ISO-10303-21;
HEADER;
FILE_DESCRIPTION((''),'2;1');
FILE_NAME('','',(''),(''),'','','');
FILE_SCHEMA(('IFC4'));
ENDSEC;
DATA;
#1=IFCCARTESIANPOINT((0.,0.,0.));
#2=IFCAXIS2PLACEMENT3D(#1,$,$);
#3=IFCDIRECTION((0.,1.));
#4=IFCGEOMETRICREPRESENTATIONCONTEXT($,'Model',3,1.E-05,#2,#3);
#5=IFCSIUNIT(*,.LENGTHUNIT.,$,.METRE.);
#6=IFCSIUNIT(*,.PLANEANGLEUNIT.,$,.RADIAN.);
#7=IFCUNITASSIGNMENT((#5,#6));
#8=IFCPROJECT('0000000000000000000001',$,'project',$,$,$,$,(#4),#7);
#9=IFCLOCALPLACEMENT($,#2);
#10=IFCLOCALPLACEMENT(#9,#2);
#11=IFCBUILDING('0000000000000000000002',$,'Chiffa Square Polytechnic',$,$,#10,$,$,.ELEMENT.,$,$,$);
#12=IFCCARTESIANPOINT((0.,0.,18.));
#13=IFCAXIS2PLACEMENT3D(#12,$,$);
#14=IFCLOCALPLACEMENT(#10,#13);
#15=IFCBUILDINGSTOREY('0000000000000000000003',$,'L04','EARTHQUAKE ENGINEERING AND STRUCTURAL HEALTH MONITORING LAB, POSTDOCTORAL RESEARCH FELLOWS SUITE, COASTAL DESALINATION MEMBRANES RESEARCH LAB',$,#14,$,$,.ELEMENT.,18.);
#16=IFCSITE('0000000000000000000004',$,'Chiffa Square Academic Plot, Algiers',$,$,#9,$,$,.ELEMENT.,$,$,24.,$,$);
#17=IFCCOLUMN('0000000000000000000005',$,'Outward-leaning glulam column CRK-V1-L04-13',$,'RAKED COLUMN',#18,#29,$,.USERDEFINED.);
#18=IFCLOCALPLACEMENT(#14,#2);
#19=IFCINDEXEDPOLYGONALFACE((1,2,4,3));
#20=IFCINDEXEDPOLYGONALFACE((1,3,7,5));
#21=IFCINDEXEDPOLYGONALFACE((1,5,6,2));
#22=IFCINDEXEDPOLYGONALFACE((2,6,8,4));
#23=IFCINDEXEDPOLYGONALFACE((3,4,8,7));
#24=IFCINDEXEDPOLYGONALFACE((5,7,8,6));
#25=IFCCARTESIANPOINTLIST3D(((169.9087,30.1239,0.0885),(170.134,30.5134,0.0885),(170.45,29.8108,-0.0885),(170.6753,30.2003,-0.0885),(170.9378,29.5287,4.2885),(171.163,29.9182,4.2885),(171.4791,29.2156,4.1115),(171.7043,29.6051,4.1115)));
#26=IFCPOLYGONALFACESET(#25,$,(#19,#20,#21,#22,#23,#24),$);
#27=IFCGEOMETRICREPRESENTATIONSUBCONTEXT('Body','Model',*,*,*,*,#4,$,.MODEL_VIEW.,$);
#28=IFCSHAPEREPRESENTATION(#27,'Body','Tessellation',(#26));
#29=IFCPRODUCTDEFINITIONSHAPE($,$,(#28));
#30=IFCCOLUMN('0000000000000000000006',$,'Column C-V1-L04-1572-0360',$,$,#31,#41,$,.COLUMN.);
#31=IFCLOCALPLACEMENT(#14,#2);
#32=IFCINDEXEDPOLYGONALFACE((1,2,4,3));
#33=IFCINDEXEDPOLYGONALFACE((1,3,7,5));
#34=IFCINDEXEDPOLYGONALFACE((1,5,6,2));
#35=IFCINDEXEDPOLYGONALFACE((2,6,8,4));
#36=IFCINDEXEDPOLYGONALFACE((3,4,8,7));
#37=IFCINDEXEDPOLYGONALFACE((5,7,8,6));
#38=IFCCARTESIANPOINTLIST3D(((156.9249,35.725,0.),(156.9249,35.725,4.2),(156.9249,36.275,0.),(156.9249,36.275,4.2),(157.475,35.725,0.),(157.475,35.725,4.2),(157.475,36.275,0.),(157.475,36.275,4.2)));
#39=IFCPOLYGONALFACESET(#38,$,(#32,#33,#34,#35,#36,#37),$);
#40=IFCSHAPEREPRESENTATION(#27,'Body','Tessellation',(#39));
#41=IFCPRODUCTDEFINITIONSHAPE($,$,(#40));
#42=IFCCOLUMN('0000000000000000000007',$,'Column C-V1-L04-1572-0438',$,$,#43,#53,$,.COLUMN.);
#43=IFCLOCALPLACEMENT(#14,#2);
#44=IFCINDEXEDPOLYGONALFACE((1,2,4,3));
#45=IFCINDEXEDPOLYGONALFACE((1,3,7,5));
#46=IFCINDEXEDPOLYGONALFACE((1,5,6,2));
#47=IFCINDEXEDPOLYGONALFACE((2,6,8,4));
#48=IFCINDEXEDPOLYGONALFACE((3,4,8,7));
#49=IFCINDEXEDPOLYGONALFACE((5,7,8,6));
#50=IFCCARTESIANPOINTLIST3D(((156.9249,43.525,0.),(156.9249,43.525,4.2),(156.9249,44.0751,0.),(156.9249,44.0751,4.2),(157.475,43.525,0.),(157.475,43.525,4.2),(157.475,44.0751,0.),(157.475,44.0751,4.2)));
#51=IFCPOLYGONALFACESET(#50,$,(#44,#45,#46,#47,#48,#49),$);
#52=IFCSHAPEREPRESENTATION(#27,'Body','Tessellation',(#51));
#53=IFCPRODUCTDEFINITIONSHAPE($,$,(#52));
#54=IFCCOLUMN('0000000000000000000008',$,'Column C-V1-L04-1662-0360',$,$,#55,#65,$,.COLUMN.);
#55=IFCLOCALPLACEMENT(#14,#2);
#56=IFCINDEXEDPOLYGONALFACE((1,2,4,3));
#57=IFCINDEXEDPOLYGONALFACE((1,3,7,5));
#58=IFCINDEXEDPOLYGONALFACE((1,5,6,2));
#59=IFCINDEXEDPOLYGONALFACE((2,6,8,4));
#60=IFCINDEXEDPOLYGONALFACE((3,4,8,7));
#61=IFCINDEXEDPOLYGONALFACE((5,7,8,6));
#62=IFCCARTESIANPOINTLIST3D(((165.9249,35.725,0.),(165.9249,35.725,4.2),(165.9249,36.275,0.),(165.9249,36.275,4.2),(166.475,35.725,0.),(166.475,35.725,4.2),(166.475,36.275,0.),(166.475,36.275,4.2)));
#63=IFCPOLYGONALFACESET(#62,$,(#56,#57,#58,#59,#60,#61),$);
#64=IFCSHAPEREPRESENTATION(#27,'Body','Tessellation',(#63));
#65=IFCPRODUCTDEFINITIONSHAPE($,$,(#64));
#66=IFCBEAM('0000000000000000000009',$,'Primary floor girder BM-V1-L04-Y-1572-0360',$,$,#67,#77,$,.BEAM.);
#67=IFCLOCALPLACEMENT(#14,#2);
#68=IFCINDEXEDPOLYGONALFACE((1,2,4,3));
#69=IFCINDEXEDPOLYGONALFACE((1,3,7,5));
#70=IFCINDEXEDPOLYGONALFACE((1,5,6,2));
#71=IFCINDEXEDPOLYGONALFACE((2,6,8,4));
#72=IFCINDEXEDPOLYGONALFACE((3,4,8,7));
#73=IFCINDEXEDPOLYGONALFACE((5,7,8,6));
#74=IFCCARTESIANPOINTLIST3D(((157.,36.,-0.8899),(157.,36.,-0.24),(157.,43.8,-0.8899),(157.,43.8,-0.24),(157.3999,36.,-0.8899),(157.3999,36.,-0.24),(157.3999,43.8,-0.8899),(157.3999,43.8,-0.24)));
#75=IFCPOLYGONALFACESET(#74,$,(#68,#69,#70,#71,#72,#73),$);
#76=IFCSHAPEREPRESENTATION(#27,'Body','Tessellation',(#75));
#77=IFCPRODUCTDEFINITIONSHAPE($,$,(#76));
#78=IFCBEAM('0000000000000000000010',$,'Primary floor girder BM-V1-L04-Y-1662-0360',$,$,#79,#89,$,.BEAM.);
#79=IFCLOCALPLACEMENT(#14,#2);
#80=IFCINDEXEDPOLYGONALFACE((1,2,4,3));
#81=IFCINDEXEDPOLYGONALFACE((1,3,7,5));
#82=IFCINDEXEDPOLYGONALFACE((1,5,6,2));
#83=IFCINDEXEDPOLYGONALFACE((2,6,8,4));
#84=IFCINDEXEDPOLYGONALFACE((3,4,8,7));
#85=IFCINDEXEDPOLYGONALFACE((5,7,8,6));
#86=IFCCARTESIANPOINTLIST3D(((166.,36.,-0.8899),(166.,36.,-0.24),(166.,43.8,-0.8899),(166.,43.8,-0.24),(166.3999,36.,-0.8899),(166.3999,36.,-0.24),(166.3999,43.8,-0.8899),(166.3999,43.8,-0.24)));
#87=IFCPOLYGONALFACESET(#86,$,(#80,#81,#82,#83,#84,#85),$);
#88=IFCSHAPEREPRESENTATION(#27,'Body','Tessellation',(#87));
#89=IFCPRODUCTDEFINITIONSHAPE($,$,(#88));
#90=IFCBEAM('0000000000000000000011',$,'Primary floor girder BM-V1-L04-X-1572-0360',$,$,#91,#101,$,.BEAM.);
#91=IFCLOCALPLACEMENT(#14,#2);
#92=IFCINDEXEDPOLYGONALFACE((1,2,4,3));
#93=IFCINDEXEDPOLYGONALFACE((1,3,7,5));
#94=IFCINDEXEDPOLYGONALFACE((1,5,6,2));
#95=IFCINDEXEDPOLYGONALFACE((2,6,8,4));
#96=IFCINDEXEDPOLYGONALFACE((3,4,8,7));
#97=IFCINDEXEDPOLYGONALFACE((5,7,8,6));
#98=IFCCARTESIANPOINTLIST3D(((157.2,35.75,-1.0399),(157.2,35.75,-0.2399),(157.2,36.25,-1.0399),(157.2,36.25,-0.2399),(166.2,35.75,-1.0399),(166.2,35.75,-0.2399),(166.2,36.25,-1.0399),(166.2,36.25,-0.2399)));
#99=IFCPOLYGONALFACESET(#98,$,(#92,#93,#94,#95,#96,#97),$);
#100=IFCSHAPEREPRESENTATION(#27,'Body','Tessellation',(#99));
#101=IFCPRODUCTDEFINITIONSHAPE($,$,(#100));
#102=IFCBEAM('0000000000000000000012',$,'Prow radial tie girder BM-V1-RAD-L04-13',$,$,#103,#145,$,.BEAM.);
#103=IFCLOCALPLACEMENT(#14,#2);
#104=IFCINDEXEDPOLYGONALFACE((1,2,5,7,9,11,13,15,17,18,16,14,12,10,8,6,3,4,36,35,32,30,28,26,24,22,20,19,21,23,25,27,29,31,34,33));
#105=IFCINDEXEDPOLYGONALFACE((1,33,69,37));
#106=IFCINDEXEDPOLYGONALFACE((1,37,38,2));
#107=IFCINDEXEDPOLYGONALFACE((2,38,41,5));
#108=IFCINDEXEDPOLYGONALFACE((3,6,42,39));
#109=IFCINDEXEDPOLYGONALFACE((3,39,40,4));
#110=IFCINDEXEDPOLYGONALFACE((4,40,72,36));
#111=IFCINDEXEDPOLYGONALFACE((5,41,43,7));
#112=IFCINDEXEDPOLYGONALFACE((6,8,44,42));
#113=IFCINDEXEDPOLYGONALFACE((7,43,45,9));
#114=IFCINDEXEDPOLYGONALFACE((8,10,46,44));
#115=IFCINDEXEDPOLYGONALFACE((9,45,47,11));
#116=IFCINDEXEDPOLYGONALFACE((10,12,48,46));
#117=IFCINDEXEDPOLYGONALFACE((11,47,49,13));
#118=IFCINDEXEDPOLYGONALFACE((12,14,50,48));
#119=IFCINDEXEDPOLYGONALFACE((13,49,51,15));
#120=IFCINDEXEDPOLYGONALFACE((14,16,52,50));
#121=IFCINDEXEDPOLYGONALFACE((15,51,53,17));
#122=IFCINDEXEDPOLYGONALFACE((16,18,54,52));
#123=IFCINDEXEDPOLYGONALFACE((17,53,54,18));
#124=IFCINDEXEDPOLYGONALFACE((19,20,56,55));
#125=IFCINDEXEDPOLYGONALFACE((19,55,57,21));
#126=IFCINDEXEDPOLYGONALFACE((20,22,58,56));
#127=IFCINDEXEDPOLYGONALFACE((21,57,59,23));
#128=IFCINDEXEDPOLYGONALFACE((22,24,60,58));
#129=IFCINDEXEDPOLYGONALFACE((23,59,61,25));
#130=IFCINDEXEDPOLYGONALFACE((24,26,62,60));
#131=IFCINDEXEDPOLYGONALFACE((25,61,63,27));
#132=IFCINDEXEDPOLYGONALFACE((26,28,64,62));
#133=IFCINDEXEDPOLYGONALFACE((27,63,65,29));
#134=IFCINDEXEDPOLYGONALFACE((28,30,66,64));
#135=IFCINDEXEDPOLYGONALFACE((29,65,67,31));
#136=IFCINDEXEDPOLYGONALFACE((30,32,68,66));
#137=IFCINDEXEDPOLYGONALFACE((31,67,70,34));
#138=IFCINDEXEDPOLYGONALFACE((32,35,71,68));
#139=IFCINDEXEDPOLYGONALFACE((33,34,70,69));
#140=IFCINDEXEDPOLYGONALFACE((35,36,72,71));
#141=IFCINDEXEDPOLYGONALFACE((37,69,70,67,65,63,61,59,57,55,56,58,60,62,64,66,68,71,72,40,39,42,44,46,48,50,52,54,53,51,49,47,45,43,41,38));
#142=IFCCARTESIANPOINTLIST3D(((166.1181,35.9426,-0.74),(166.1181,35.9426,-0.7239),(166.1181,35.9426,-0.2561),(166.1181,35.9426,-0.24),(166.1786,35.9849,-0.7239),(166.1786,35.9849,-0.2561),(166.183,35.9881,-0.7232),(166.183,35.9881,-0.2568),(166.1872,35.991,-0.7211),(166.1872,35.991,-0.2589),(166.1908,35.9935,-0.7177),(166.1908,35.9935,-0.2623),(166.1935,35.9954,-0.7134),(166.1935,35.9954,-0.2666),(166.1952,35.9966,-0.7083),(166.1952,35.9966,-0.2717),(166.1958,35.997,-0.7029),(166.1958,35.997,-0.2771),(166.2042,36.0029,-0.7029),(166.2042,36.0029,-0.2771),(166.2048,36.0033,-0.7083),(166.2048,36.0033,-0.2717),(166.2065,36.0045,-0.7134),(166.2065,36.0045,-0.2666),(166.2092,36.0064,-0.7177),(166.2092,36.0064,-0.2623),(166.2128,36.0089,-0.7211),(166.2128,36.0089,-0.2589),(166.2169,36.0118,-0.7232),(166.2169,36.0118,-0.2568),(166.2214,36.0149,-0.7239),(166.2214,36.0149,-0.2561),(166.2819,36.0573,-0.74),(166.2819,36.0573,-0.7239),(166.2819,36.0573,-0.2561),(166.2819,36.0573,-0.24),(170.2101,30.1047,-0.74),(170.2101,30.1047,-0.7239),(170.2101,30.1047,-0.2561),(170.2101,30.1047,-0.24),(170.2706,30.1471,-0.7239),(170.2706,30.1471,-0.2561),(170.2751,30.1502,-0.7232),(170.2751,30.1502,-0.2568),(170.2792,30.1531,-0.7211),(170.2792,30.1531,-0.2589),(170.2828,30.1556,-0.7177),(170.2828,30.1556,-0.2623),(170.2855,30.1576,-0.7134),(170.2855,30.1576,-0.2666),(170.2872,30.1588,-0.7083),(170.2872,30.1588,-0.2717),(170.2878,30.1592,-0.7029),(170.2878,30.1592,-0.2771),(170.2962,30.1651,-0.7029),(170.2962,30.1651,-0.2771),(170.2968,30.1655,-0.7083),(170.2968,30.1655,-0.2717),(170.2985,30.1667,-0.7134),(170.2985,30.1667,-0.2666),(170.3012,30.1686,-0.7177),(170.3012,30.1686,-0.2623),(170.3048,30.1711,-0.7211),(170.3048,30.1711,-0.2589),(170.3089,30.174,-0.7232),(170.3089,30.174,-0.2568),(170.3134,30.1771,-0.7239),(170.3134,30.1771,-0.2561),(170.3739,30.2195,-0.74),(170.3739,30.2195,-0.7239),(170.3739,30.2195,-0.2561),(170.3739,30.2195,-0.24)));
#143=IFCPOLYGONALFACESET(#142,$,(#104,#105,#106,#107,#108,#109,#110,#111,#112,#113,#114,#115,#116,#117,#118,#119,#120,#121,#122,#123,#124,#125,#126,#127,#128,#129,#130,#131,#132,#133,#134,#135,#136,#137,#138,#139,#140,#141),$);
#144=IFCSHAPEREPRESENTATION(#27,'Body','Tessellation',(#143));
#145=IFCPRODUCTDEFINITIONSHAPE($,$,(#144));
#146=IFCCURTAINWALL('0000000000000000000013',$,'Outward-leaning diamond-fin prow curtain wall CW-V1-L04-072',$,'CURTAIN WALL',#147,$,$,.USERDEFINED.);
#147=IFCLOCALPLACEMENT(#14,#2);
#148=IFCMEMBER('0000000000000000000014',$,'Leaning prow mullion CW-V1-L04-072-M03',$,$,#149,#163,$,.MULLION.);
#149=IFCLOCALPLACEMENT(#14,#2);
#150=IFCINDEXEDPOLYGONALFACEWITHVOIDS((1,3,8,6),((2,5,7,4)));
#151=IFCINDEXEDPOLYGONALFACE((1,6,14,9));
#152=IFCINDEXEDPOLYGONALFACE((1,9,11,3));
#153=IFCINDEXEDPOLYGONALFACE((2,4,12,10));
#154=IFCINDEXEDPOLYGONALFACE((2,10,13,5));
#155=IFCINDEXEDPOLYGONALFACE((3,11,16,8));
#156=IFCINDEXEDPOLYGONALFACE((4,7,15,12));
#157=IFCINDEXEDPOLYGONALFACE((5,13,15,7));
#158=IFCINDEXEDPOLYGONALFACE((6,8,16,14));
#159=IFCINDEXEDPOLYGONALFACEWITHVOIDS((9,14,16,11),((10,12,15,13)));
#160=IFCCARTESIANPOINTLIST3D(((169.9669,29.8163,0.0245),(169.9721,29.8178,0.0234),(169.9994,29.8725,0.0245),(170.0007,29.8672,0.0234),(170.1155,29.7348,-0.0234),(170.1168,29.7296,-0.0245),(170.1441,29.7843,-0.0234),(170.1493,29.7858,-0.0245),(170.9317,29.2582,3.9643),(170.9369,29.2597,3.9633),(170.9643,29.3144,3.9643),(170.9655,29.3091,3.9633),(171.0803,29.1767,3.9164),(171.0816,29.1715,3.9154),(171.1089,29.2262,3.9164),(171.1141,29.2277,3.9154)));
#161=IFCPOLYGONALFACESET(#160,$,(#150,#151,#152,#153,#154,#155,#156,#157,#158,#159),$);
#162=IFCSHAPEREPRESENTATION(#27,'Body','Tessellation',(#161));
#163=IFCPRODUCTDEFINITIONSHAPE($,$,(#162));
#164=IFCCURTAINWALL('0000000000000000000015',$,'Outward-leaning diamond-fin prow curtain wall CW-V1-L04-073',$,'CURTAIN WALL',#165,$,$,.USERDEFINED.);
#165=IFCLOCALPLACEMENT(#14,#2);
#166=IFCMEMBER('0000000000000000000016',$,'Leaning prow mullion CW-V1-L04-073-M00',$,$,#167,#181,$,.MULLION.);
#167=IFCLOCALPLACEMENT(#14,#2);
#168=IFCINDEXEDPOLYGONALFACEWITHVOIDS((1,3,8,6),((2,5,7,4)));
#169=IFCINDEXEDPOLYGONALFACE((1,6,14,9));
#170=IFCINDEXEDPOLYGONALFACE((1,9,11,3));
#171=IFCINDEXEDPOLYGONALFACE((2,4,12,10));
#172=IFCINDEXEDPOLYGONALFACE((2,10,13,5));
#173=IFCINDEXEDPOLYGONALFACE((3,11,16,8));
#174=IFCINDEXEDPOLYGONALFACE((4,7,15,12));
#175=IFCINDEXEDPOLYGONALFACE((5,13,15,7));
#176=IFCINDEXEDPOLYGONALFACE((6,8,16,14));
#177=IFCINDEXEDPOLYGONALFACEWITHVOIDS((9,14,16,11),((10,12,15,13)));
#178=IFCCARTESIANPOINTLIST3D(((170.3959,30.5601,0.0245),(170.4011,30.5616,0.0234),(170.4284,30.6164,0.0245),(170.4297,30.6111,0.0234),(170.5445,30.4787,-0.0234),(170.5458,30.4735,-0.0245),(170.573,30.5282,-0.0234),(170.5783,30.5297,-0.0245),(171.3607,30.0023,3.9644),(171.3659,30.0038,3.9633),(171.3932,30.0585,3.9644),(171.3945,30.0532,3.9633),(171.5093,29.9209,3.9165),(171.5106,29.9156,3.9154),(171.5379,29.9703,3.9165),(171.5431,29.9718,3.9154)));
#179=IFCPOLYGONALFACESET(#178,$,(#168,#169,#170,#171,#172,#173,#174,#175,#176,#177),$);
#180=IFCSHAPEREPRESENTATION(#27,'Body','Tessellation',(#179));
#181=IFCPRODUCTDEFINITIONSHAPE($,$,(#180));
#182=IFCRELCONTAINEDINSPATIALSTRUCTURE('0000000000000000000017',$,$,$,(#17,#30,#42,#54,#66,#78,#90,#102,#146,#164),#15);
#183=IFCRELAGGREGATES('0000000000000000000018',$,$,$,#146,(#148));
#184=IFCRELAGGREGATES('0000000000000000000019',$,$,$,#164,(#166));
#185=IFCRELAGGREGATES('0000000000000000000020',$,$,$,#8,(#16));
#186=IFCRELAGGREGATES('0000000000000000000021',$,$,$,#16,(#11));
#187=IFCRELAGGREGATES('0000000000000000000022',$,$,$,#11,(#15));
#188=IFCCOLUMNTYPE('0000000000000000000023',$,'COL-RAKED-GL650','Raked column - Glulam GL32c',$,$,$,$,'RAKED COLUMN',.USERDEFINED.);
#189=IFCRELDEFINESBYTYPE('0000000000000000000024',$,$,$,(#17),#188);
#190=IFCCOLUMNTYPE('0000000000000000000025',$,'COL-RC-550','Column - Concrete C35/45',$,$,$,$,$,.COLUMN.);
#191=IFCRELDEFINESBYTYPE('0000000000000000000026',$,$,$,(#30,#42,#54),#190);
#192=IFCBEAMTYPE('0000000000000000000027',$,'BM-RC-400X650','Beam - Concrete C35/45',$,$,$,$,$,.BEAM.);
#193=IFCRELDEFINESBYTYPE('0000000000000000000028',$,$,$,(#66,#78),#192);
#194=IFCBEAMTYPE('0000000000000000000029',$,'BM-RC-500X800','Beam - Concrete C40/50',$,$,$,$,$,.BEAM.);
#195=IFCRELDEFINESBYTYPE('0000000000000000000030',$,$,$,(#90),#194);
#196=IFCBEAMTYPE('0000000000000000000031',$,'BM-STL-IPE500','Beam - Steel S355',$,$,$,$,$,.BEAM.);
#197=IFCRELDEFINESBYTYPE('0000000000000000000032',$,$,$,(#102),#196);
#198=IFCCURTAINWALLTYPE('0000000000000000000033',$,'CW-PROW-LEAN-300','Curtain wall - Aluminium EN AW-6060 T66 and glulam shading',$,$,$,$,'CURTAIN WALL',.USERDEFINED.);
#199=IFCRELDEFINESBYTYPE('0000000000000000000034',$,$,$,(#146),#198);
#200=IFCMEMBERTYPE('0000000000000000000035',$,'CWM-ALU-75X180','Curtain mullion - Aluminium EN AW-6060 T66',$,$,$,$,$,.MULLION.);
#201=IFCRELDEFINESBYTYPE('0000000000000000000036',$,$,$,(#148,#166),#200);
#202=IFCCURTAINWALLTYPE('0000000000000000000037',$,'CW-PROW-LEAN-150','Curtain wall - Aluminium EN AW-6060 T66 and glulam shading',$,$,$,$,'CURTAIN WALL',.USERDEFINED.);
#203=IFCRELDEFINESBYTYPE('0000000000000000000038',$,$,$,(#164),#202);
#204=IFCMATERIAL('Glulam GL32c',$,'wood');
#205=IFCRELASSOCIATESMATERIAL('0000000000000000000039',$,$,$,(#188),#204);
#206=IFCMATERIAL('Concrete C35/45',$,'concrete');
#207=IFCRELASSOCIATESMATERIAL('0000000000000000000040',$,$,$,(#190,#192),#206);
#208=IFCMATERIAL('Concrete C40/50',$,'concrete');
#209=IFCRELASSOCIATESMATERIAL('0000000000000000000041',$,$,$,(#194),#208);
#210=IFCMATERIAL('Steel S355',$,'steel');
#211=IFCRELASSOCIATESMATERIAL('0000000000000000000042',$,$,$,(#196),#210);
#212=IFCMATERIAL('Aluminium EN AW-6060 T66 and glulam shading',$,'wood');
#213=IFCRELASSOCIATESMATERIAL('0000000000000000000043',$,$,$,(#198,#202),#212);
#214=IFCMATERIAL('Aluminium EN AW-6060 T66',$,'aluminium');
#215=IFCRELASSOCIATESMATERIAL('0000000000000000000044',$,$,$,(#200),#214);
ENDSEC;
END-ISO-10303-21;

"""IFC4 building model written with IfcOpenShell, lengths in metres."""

from ifc_helpers import new_model, si_unit, direction, frame, origin, origin_2d, place, context, subcontext, project, spatial, rectangle, hollow_rectangle, i_section, extrude, material, material_profile, profile_set, type_object, element, aggregate, save


model = new_model("IFC4")

# Units and contexts
model_context = context("Model", 3, precision=1e-05, world=origin(), true_north=direction((0.0, 1.0)))
body_context = subcontext(model_context, "Body", "Model", "MODEL_VIEW")
ifc_project = project(units=[si_unit("LENGTHUNIT", "METRE"), si_unit("PLANEANGLEUNIT", "RADIAN")], contexts=[model_context])

# Site, building, storey
site_placement = place(None, origin())
site = spatial("IfcSite", under=ifc_project, at=site_placement, Name="Chiffa Square Academic Plot, Algiers", CompositionType="ELEMENT", RefElevation=24.0)
building_placement = place(site_placement, origin())
building = spatial("IfcBuilding", under=site, at=building_placement, Name="Chiffa Square Polytechnic", CompositionType="ELEMENT")
storey_placement = place(building_placement, frame((0.0, 0.0, 18.0)))
storey = spatial("IfcBuildingStorey", under=building, at=storey_placement, Name="L04", Description="EARTHQUAKE ENGINEERING AND STRUCTURAL HEALTH MONITORING LAB, POSTDOCTORAL RESEARCH FELLOWS SUITE, COASTAL DESALINATION MEMBRANES RESEARCH LAB", CompositionType="ELEMENT", Elevation=18.0)

# Columns
ifc_material_1 = material(Name="Glulam GL32c", Category="wood")
ifc_material_profile_1 = material_profile(ifc_material_1, rectangle(XDim=0.45, YDim=0.6499, at=origin_2d()), Name="GL32c 450x650")
ifc_profile_set_1 = profile_set([ifc_material_profile_1], Name="Glulam GL32c")
column_type_1 = type_object("IfcColumnType", Name="COL-RAKED-GL650", Description="Raked column - Glulam GL32c", ElementType="RAKED COLUMN", PredefinedType="USERDEFINED", material=ifc_profile_set_1)
column_placement = place(storey_placement, frame((170.292, 30.1621, 0.0), z_axis=(0.235753, -0.136362, 0.962198), x_axis=(0.500688, 0.865628, 0.0)))
element("IfcColumn", 1, at=column_placement, inside=storey, type_object=column_type_1, Name="Outward-leaning glulam column CRK-V1-L04-13", ObjectType="RAKED COLUMN", PredefinedType="USERDEFINED", context=body_context, shape_type="SweptSolid", body=[
    extrude(rectangle(XDim=0.45, YDim=0.6499, at=origin_2d()), origin(), (0.0, 0.0, 1.0), 4.365),
])
ifc_material_2 = material(Name="Concrete C35/45", Category="concrete")
ifc_material_profile_2 = material_profile(ifc_material_2, rectangle(XDim=0.55, YDim=0.55, at=origin_2d()), Name="RC 550x550")
ifc_profile_set_2 = profile_set([ifc_material_profile_2], Name="Concrete C35/45")
column_type_2 = type_object("IfcColumnType", Name="COL-RC-550", Description="Column - Concrete C35/45", PredefinedType="COLUMN", material=ifc_profile_set_2)
for number, where, z_axis, x_axis, name in (
    (2, (157.2, 36.0, 0.0), (0.0, 0.0, 1.0), (1.0, 0.0, 0.0), "Column C-V1-L04-1572-0360"),
    (3, (157.2, 43.8, 0.0), (0.0, 0.0, 1.0), (1.0, 0.0, 0.0), "Column C-V1-L04-1572-0438"),
    (4, (166.2, 36.0, 0.0), (0.0, 0.0, 1.0), (1.0, 0.0, 0.0), "Column C-V1-L04-1662-0360"),
):
    element("IfcColumn", number, at=place(storey_placement, frame(where, z_axis=z_axis, x_axis=x_axis)), inside=storey, type_object=column_type_2, Name=name, PredefinedType="COLUMN", context=body_context, shape_type="SweptSolid", body=[
        extrude(rectangle(XDim=0.55, YDim=0.55, at=origin_2d()), origin(), (0.0, 0.0, 1.0), 4.2),
    ])

# Beams
ifc_material_profile_3 = material_profile(ifc_material_2, rectangle(XDim=0.3999, YDim=0.6499, at=origin_2d()), Name="RC 400x650")
ifc_profile_set_3 = profile_set([ifc_material_profile_3], Name="Concrete C35/45")
beam_type_1 = type_object("IfcBeamType", Name="BM-RC-400X650", Description="Beam - Concrete C35/45", PredefinedType="BEAM", material=ifc_profile_set_3)
for number, where, z_axis, x_axis, name in (
    (5, (157.2, 36.0, -0.5649), (0.0, 1.0, 0.0), (-1.0, 0.0, 0.0), "Primary floor girder BM-V1-L04-Y-1572-0360"),
    (6, (166.2, 36.0, -0.5649), (0.0, 1.0, 0.0), (-1.0, 0.0, 0.0), "Primary floor girder BM-V1-L04-Y-1662-0360"),
):
    element("IfcBeam", number, at=place(storey_placement, frame(where, z_axis=z_axis, x_axis=x_axis)), inside=storey, type_object=beam_type_1, Name=name, PredefinedType="BEAM", context=body_context, shape_type="SweptSolid", body=[
        extrude(rectangle(XDim=0.3999, YDim=0.6499, at=origin_2d()), origin(), (0.0, 0.0, 1.0), 7.8),
    ])
ifc_material_3 = material(Name="Concrete C40/50", Category="concrete")
ifc_material_profile_4 = material_profile(ifc_material_3, rectangle(XDim=0.5, YDim=0.8, at=origin_2d()), Name="RC 500x800")
ifc_profile_set_4 = profile_set([ifc_material_profile_4], Name="Concrete C40/50")
beam_type_2 = type_object("IfcBeamType", Name="BM-RC-500X800", Description="Beam - Concrete C40/50", PredefinedType="BEAM", material=ifc_profile_set_4)
beam_1_placement = place(storey_placement, frame((157.2, 36.0, -0.6399), z_axis=(1.0, 0.0, 0.0), x_axis=(0.0, 1.0, 0.0)))
element("IfcBeam", 7, at=beam_1_placement, inside=storey, type_object=beam_type_2, Name="Primary floor girder BM-V1-L04-X-1572-0360", PredefinedType="BEAM", context=body_context, shape_type="SweptSolid", body=[
    extrude(rectangle(XDim=0.5, YDim=0.8, at=origin_2d()), origin(), (0.0, 0.0, 1.0), 9.0),
])
ifc_material_4 = material(Name="Steel S355", Category="steel")
ifc_material_profile_5 = material_profile(ifc_material_4, i_section(OverallWidth=0.2, OverallDepth=0.5, WebThickness=0.0103, FlangeThickness=0.0161, FilletRadius=0.021, at=origin_2d()), Name="IPE 500")
ifc_profile_set_5 = profile_set([ifc_material_profile_5], Name="Steel S355")
beam_type_3 = type_object("IfcBeamType", Name="BM-STL-IPE500", Description="Beam - Steel S355", PredefinedType="BEAM", material=ifc_profile_set_5)
beam_2_placement = place(storey_placement, frame((170.292, 30.1621, -0.49), z_axis=(-0.573982, 0.818868, 0.0), x_axis=(-0.818868, -0.573982, 0.0)))
element("IfcBeam", 8, at=beam_2_placement, inside=storey, type_object=beam_type_3, Name="Prow radial tie girder BM-V1-RAD-L04-13", PredefinedType="BEAM", context=body_context, shape_type="SweptSolid", body=[
    extrude(i_section(OverallWidth=0.2, OverallDepth=0.5, WebThickness=0.0103, FlangeThickness=0.0161, FilletRadius=0.021, at=origin_2d()), origin(), (0.0, 0.0, 1.0), 7.1292),
])

# Curtain wall, member
ifc_material_5 = material(Name="Aluminium EN AW-6060 T66 and glulam shading", Category="wood")
curtain_wall_type_1 = type_object("IfcCurtainWallType", Name="CW-PROW-LEAN-300", Description="Curtain wall - Aluminium EN AW-6060 T66 and glulam shading", ElementType="CURTAIN WALL", PredefinedType="USERDEFINED", material=ifc_material_5)
curtain_wall_1_placement = place(storey_placement, origin())
curtain_wall_1 = element("IfcCurtainWall", 9, at=curtain_wall_1_placement, inside=storey, type_object=curtain_wall_type_1, Name="Outward-leaning diamond-fin prow curtain wall CW-V1-L04-072", ObjectType="CURTAIN WALL", PredefinedType="USERDEFINED")
ifc_material_6 = material(Name="Aluminium EN AW-6060 T66", Category="aluminium")
ifc_material_profile_6 = material_profile(ifc_material_6, hollow_rectangle(XDim=0.0649, YDim=0.1799, WallThickness=0.0039, at=origin_2d()), Name="ALU 65x180x4")
ifc_profile_set_6 = profile_set([ifc_material_profile_6], Name="Aluminium EN AW-6060 T66")
member_type_1 = type_object("IfcMemberType", Name="CWM-ALU-75X180", Description="Curtain mullion - Aluminium EN AW-6060 T66", PredefinedType="MULLION", material=ifc_profile_set_6)
member_1_placement = place(storey_placement, frame((170.0581, 29.801, 0.0), z_axis=(0.23564, -0.136304, 0.962235), x_axis=(0.500708, 0.865616, 0.0)))
member_1 = element("IfcMember", 10, at=member_1_placement, type_object=member_type_1, Name="Leaning prow mullion CW-V1-L04-072-M03", PredefinedType="MULLION", context=body_context, shape_type="SweptSolid", body=[
    extrude(hollow_rectangle(XDim=0.0649, YDim=0.1799, WallThickness=0.0039, at=origin_2d()), origin(), (0.0, 0.0, 1.0), 4.0945),
])
aggregate(curtain_wall_1, [member_1])

# Curtain wall, member
curtain_wall_type_2 = type_object("IfcCurtainWallType", Name="CW-PROW-LEAN-150", Description="Curtain wall - Aluminium EN AW-6060 T66 and glulam shading", ElementType="CURTAIN WALL", PredefinedType="USERDEFINED", material=ifc_material_5)
curtain_wall_2_placement = place(storey_placement, origin())
curtain_wall_2 = element("IfcCurtainWall", 11, at=curtain_wall_2_placement, inside=storey, type_object=curtain_wall_type_2, Name="Outward-leaning diamond-fin prow curtain wall CW-V1-L04-073", ObjectType="CURTAIN WALL", PredefinedType="USERDEFINED")
member_2_placement = place(storey_placement, frame((170.4871, 30.5449, 0.0), z_axis=(0.235641, -0.136245, 0.962242), x_axis=(0.500544, 0.865711, 0.0)))
member_2 = element("IfcMember", 12, at=member_2_placement, type_object=member_type_1, Name="Leaning prow mullion CW-V1-L04-073-M00", PredefinedType="MULLION", context=body_context, shape_type="SweptSolid", body=[
    extrude(hollow_rectangle(XDim=0.0649, YDim=0.1799, WallThickness=0.0039, at=origin_2d()), origin(), (0.0, 0.0, 1.0), 4.0945),
])

aggregate(curtain_wall_2, [member_2])

save(model, "model.ifc")
